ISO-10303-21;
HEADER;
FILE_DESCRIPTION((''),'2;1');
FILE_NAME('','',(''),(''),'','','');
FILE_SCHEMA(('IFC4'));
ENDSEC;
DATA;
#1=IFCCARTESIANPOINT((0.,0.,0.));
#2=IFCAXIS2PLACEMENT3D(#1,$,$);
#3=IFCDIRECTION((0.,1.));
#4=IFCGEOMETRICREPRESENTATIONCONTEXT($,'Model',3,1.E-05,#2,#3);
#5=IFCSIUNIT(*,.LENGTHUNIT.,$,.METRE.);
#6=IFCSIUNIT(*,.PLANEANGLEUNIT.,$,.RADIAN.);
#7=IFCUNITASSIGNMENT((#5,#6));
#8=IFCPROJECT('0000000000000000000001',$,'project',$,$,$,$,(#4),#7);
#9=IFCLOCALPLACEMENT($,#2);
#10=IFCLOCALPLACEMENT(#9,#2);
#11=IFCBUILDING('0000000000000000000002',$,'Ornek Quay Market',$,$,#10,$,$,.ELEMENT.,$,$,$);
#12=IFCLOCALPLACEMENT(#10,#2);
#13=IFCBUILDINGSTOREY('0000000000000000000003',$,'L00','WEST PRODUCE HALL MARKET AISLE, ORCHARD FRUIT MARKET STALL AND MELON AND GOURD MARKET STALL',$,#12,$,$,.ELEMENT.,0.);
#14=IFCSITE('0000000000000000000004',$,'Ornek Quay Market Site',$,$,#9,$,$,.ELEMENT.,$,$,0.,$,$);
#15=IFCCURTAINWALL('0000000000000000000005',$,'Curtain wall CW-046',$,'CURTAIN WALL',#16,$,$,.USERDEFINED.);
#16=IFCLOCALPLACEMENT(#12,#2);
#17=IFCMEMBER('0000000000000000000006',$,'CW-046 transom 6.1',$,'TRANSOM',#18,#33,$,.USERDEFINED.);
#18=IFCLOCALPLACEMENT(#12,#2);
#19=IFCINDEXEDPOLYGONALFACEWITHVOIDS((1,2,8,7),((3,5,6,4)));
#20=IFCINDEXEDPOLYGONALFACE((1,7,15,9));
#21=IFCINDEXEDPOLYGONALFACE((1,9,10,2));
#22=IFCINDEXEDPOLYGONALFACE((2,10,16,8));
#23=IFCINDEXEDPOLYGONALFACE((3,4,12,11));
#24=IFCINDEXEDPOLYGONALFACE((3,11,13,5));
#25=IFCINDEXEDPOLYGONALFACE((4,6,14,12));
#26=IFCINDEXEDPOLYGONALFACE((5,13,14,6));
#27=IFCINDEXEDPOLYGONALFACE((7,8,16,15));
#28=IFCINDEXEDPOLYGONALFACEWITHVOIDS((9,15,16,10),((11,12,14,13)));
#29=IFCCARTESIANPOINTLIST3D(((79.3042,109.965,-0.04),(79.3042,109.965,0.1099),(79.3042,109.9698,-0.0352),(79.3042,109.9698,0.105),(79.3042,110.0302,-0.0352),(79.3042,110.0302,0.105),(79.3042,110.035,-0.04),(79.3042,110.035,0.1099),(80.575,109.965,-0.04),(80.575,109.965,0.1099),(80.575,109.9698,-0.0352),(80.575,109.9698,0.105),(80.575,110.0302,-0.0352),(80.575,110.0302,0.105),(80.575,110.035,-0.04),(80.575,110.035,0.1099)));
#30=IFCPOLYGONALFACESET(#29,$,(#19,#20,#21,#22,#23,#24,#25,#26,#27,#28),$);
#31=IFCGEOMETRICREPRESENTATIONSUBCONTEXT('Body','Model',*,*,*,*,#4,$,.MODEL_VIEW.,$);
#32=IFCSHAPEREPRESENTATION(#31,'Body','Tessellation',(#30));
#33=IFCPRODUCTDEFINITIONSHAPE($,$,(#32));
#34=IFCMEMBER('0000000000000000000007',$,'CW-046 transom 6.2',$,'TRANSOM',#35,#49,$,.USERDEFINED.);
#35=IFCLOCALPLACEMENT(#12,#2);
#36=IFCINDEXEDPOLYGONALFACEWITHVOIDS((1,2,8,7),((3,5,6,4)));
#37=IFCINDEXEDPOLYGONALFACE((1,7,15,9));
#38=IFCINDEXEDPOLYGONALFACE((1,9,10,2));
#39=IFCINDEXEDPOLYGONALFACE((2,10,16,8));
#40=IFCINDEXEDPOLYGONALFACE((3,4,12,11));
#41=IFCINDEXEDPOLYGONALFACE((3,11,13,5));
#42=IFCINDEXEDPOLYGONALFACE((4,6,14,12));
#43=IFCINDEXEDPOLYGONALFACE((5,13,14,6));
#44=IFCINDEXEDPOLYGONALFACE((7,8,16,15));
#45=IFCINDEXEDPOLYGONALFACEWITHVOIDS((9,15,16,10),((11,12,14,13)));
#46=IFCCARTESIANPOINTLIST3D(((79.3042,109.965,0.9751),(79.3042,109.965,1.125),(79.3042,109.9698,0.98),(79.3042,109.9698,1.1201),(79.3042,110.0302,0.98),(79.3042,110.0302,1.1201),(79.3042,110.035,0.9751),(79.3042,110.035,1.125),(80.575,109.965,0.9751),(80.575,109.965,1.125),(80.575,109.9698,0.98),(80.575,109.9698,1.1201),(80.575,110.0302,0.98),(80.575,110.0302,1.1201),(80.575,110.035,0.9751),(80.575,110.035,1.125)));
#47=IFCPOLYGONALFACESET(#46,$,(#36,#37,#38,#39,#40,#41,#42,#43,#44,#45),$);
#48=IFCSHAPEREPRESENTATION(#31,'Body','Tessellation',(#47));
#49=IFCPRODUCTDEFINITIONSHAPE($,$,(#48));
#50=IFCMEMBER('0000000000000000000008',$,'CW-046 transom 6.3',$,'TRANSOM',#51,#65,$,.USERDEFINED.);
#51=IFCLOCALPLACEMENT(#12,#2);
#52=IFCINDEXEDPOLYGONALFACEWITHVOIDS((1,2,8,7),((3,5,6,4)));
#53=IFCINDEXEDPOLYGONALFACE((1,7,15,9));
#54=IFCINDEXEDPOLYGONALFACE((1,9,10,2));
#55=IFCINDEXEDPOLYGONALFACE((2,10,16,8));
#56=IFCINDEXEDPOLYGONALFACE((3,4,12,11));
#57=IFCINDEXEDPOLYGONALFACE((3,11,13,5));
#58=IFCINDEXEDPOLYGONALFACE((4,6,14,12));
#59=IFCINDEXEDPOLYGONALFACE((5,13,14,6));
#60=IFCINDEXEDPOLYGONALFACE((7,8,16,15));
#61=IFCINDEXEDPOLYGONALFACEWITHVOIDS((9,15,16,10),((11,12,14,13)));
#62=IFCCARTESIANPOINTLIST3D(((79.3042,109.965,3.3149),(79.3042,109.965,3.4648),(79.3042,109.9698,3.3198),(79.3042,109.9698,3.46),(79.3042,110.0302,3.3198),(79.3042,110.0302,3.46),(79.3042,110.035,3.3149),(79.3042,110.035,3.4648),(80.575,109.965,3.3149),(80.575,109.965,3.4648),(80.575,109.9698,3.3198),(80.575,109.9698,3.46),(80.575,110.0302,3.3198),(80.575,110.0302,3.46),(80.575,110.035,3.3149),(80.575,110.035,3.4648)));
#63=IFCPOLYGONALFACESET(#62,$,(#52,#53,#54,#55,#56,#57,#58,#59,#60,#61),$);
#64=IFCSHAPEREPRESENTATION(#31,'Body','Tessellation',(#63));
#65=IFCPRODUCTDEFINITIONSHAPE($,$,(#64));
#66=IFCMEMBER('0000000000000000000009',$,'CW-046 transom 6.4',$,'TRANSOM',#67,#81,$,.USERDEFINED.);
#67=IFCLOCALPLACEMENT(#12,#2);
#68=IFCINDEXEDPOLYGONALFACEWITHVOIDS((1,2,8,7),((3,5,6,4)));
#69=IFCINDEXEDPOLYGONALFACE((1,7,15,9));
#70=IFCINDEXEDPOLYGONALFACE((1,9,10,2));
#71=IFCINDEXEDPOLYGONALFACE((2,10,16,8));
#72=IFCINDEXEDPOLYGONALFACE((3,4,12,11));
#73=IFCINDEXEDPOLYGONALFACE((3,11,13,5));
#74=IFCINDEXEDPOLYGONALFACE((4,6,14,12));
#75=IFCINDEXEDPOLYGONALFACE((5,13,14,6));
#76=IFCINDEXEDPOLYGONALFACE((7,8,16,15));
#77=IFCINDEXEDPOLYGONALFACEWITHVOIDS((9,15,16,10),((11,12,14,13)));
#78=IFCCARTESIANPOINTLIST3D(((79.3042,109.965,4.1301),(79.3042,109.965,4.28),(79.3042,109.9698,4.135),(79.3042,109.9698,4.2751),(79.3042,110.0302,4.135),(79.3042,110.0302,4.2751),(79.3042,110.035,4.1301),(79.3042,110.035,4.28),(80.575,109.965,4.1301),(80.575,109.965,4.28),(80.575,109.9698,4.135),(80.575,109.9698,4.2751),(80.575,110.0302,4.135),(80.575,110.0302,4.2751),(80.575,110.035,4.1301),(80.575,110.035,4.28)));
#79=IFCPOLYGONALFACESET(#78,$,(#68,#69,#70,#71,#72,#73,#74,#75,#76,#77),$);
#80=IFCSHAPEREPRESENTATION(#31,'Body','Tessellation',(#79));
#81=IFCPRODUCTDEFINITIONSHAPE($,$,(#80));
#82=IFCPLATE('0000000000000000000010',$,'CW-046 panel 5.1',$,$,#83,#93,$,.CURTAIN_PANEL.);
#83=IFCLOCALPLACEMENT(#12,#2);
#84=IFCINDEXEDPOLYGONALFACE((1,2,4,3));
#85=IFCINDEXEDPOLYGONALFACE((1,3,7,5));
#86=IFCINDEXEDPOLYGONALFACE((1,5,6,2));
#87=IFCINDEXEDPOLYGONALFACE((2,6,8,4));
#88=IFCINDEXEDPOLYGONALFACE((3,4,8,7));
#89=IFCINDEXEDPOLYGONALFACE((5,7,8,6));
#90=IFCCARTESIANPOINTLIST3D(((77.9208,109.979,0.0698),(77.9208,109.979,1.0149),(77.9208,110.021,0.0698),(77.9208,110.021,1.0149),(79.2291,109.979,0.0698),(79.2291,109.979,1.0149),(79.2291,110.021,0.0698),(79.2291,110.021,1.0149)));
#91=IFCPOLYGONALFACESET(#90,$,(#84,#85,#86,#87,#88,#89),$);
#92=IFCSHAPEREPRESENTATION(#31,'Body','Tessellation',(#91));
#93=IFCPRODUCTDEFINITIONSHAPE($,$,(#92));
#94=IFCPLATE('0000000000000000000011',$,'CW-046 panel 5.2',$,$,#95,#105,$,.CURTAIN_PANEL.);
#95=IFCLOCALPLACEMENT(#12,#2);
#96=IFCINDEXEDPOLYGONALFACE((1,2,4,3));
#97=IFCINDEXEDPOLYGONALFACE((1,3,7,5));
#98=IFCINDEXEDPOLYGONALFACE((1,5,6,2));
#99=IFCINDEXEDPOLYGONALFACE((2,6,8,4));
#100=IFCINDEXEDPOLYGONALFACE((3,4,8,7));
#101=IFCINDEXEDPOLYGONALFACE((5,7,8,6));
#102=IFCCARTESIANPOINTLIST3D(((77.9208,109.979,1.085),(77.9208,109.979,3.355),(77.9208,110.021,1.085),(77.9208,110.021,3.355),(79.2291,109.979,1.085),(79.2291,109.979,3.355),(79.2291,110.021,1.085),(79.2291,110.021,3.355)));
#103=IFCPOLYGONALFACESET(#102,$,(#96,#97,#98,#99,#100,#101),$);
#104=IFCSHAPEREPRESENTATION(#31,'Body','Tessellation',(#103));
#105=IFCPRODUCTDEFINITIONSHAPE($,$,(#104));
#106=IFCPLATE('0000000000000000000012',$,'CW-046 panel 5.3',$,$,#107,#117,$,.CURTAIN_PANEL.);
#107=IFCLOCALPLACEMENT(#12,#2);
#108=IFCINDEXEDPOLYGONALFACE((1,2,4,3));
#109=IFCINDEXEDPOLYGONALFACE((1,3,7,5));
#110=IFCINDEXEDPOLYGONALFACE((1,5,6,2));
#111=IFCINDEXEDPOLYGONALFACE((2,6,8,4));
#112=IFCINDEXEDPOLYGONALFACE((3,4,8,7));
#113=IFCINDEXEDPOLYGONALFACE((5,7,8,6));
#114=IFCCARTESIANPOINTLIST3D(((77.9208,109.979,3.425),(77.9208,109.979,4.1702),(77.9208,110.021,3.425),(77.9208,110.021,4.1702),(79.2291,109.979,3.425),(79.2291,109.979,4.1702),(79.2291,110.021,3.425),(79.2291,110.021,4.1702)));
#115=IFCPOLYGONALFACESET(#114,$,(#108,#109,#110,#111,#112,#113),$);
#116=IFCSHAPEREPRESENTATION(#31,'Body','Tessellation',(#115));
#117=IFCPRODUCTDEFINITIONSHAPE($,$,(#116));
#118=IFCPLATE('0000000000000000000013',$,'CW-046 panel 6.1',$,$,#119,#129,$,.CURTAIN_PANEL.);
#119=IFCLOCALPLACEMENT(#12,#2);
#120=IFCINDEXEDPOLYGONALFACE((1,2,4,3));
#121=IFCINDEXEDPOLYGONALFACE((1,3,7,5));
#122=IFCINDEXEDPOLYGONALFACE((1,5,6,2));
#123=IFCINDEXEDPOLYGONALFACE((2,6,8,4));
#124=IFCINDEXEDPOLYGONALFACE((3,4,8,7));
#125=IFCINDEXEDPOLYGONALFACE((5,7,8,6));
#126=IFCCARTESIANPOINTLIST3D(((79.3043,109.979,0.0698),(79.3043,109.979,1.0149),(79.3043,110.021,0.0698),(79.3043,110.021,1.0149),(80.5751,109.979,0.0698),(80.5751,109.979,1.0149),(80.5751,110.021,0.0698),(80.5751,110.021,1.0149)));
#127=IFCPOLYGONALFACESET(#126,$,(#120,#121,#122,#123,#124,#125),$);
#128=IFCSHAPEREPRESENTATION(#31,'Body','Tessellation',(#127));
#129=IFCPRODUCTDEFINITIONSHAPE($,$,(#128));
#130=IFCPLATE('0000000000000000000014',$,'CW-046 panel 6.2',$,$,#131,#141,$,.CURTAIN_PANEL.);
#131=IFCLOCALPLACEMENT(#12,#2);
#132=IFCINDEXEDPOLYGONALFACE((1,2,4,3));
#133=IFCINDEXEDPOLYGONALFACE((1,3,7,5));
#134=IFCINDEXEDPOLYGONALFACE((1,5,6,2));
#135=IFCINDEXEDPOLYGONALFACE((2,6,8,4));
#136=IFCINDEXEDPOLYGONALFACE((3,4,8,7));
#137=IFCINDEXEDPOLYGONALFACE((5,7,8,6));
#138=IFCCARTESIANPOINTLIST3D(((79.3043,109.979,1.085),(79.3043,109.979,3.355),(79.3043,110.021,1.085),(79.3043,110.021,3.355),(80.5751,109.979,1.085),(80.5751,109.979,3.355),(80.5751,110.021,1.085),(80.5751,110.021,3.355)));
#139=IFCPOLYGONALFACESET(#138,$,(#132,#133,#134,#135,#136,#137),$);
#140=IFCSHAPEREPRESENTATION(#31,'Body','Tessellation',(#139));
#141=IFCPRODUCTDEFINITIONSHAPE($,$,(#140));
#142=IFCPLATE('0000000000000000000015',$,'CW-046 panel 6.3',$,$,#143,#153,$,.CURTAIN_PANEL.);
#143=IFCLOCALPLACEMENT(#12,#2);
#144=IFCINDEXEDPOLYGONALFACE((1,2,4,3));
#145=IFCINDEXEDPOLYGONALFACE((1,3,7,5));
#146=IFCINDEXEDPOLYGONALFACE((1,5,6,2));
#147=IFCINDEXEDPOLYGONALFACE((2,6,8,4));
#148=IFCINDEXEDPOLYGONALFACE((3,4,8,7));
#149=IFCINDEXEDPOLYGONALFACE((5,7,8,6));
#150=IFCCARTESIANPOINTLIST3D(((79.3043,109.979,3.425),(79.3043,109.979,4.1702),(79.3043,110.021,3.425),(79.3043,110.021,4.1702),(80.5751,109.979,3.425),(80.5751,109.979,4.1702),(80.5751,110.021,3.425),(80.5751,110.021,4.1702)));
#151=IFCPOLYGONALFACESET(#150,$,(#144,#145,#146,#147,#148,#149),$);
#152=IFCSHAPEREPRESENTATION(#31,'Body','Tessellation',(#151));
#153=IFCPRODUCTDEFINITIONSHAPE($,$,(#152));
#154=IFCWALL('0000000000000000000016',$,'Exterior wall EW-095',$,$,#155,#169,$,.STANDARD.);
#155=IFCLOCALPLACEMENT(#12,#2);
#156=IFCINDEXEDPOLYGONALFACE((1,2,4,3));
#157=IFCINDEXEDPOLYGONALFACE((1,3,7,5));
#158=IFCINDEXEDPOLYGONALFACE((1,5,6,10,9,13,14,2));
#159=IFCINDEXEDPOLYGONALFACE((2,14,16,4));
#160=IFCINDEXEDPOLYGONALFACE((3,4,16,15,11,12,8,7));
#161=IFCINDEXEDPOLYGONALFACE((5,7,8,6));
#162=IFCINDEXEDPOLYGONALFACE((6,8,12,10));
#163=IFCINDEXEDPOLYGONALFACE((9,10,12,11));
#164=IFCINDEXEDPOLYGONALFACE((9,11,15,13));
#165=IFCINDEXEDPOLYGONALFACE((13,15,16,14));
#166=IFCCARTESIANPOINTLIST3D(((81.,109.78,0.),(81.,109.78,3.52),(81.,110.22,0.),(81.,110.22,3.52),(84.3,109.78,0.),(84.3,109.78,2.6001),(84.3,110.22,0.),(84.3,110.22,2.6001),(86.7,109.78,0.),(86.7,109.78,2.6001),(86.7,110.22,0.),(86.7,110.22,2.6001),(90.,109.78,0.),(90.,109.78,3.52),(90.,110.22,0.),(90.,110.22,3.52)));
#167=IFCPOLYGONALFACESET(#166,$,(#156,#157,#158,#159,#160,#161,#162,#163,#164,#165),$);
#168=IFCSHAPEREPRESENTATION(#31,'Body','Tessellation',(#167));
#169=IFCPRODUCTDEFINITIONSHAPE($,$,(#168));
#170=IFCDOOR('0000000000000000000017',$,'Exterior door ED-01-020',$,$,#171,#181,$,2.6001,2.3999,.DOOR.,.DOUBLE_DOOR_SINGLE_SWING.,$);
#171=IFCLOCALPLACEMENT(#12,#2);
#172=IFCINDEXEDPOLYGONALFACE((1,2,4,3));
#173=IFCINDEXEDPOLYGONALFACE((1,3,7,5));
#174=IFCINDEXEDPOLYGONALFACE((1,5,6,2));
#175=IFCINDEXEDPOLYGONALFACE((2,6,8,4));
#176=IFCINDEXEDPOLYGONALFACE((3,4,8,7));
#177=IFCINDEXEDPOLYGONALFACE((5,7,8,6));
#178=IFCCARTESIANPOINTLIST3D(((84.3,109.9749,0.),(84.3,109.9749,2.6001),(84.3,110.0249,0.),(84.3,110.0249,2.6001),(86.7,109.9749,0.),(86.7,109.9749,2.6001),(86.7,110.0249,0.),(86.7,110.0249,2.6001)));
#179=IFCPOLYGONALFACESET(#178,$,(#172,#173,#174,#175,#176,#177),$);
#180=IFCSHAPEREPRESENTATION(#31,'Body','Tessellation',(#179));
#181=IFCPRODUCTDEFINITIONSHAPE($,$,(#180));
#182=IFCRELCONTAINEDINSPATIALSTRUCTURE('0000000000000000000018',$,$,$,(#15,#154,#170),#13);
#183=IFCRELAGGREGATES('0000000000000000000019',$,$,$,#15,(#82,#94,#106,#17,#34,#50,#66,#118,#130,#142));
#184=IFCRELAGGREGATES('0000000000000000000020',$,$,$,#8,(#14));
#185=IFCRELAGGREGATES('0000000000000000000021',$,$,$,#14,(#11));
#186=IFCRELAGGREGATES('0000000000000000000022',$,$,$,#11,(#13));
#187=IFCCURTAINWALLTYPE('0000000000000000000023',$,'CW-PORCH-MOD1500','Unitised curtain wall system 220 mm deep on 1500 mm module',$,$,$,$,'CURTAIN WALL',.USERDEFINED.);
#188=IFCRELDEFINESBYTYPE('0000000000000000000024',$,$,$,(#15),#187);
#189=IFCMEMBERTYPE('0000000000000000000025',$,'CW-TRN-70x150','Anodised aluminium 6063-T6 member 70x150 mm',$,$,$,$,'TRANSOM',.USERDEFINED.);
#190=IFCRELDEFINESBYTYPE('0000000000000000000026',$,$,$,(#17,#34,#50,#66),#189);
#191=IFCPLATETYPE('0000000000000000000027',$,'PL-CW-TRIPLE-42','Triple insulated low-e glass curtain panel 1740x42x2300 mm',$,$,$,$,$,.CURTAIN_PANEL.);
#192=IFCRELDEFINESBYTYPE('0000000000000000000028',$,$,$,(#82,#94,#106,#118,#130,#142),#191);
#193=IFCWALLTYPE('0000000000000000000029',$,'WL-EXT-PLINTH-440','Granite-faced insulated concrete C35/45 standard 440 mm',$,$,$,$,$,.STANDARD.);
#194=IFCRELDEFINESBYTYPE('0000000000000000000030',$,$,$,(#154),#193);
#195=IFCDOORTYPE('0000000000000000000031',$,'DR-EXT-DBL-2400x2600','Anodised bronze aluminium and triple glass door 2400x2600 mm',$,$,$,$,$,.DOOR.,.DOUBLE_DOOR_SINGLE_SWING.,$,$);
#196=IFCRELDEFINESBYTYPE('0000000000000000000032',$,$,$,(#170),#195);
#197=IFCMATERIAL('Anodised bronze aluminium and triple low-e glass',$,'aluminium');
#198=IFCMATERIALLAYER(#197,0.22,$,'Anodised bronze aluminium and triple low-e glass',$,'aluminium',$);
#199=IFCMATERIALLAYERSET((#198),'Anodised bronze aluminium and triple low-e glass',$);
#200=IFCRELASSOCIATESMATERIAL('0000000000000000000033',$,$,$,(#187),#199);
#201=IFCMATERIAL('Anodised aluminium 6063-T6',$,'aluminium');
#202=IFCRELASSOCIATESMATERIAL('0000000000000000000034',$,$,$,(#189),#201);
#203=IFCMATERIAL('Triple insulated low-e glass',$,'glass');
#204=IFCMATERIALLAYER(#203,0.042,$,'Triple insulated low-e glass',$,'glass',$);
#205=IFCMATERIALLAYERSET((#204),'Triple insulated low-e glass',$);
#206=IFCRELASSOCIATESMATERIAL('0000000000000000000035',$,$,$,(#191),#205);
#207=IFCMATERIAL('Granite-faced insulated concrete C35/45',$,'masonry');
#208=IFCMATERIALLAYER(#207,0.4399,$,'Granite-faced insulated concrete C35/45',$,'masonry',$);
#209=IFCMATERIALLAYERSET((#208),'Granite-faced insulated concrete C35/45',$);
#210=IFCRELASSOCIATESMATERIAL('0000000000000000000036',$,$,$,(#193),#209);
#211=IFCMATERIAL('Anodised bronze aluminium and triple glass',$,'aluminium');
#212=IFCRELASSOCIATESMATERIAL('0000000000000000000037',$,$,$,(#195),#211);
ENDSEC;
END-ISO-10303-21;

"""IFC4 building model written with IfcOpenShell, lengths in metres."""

from ifc_helpers import new_model, si_unit, direction, frame, frame_2d, origin, origin_2d, place, context, subcontext, project, spatial, rectangle, hollow_rectangle, extrude, material, layer, layer_set, material_profile, profile_set, type_object, element, fill, aggregate, save


model = new_model("IFC4")

# Units and contexts
model_context = context("Model", 3, precision=1e-05, world=origin(), true_north=direction((0.0, 1.0)))
body_context = subcontext(model_context, "Body", "Model", "MODEL_VIEW")
ifc_project = project(units=[si_unit("LENGTHUNIT", "METRE"), si_unit("PLANEANGLEUNIT", "RADIAN")], contexts=[model_context])

# Site, building, storey
site_placement = place(None, origin())
site = spatial("IfcSite", under=ifc_project, at=site_placement, Name="Ornek Quay Market Site", CompositionType="ELEMENT", RefElevation=0.0)
building_placement = place(site_placement, origin())
building = spatial("IfcBuilding", under=site, at=building_placement, Name="Ornek Quay Market", CompositionType="ELEMENT")
storey_placement = place(building_placement, origin())
storey = spatial("IfcBuildingStorey", under=building, at=storey_placement, Name="L00", Description="WEST PRODUCE HALL MARKET AISLE, ORCHARD FRUIT MARKET STALL AND MELON AND GOURD MARKET STALL", CompositionType="ELEMENT", Elevation=0.0)

# Curtain wall, members, plates
ifc_material_1 = material(Name="Anodised bronze aluminium and triple low-e glass", Category="aluminium")
ifc_layer_1 = layer(ifc_material_1, 0.22, Name="Anodised bronze aluminium and triple low-e glass", Category="aluminium")
ifc_layer_set_1 = layer_set([ifc_layer_1], Name="Anodised bronze aluminium and triple low-e glass")
curtain_wall_type = type_object("IfcCurtainWallType", Name="CW-PORCH-MOD1500", Description="Unitised curtain wall system 220 mm deep on 1500 mm module", ElementType="CURTAIN WALL", PredefinedType="USERDEFINED", material=ifc_layer_set_1)
curtain_wall_placement = place(storey_placement, origin())
curtain_wall = element("IfcCurtainWall", 1, at=curtain_wall_placement, inside=storey, type_object=curtain_wall_type, Name="Curtain wall CW-046", ObjectType="CURTAIN WALL", PredefinedType="USERDEFINED")
ifc_material_2 = material(Name="Anodised aluminium 6063-T6", Category="aluminium")
ifc_material_profile_1 = material_profile(ifc_material_2, hollow_rectangle(XDim=0.0701, YDim=0.1499, WallThickness=0.0049, at=origin_2d()), Name="CW-TRN-70x150", Category="aluminium")
ifc_profile_set_1 = profile_set([ifc_material_profile_1], Name="Anodised aluminium 6063-T6")
member_type_1 = type_object("IfcMemberType", Name="CW-TRN-70x150", Description="Anodised aluminium 6063-T6 member 70x150 mm", ElementType="TRANSOM", PredefinedType="USERDEFINED", material=ifc_profile_set_1)
member_1_placement = place(storey_placement, frame((79.3042, 110.0, 0.0349), z_axis=(1.0, 0.0, 0.0), x_axis=(0.0, 1.0, 0.0)))
member_1 = element("IfcMember", 2, at=member_1_placement, type_object=member_type_1, Name="CW-046 transom 6.1", ObjectType="TRANSOM", PredefinedType="USERDEFINED", context=body_context, shape_type="SweptSolid", body=[
    extrude(hollow_rectangle(XDim=0.0701, YDim=0.1499, WallThickness=0.0049, at=origin_2d()), origin(), (0.0, 0.0, 1.0), 1.2708),
])
member_2_placement = place(storey_placement, frame((79.3042, 110.0, 1.05), z_axis=(1.0, 0.0, 0.0), x_axis=(0.0, 1.0, 0.0)))
member_2 = element("IfcMember", 3, at=member_2_placement, type_object=member_type_1, Name="CW-046 transom 6.2", ObjectType="TRANSOM", PredefinedType="USERDEFINED", context=body_context, shape_type="SweptSolid", body=[
    extrude(hollow_rectangle(XDim=0.0701, YDim=0.1499, WallThickness=0.0049, at=origin_2d()), origin(), (0.0, 0.0, 1.0), 1.2708),
])
member_3_placement = place(storey_placement, frame((79.3042, 110.0, 3.3899), z_axis=(1.0, 0.0, 0.0), x_axis=(0.0, 1.0, 0.0)))
member_3 = element("IfcMember", 4, at=member_3_placement, type_object=member_type_1, Name="CW-046 transom 6.3", ObjectType="TRANSOM", PredefinedType="USERDEFINED", context=body_context, shape_type="SweptSolid", body=[
    extrude(hollow_rectangle(XDim=0.0701, YDim=0.1499, WallThickness=0.0049, at=origin_2d()), origin(), (0.0, 0.0, 1.0), 1.2708),
])
member_4_placement = place(storey_placement, frame((79.3042, 110.0, 4.2051), z_axis=(1.0, 0.0, 0.0), x_axis=(0.0, 1.0, 0.0)))
member_4 = element("IfcMember", 5, at=member_4_placement, type_object=member_type_1, Name="CW-046 transom 6.4", ObjectType="TRANSOM", PredefinedType="USERDEFINED", context=body_context, shape_type="SweptSolid", body=[
    extrude(hollow_rectangle(XDim=0.0701, YDim=0.1499, WallThickness=0.0049, at=origin_2d()), origin(), (0.0, 0.0, 1.0), 1.2708),
])
ifc_material_3 = material(Name="Triple insulated low-e glass", Category="glass")
ifc_layer_2 = layer(ifc_material_3, 0.042, Name="Triple insulated low-e glass", Category="glass")
ifc_layer_set_2 = layer_set([ifc_layer_2], Name="Triple insulated low-e glass")
plate_type = type_object("IfcPlateType", Name="PL-CW-TRIPLE-42", Description="Triple insulated low-e glass curtain panel 1740x42x2300 mm", PredefinedType="CURTAIN_PANEL", material=ifc_layer_set_2)
plate_1_placement = place(storey_placement, frame((78.575, 110.0, 0.0698), z_axis=(0.0, 0.0, 1.0), x_axis=(1.0, 0.0, 0.0)))
plate_1 = element("IfcPlate", 6, at=plate_1_placement, type_object=plate_type, Name="CW-046 panel 5.1", PredefinedType="CURTAIN_PANEL", context=body_context, shape_type="SweptSolid", body=[
    extrude(rectangle(XDim=1.3083, YDim=0.042, at=origin_2d()), origin(), (0.0, 0.0, 1.0), 0.9451),
])
plate_2_placement = place(storey_placement, frame((78.575, 110.0, 1.085), z_axis=(0.0, 0.0, 1.0), x_axis=(1.0, 0.0, 0.0)))
plate_2 = element("IfcPlate", 7, at=plate_2_placement, type_object=plate_type, Name="CW-046 panel 5.2", PredefinedType="CURTAIN_PANEL", context=body_context, shape_type="SweptSolid", body=[
    extrude(rectangle(XDim=1.3083, YDim=0.042, at=origin_2d()), origin(), (0.0, 0.0, 1.0), 2.27),
])
plate_3_placement = place(storey_placement, frame((78.575, 110.0, 3.425), z_axis=(0.0, 0.0, 1.0), x_axis=(1.0, 0.0, 0.0)))
plate_3 = element("IfcPlate", 8, at=plate_3_placement, type_object=plate_type, Name="CW-046 panel 5.3", PredefinedType="CURTAIN_PANEL", context=body_context, shape_type="SweptSolid", body=[
    extrude(rectangle(XDim=1.3083, YDim=0.042, at=origin_2d()), origin(), (0.0, 0.0, 1.0), 0.7451),
])
plate_4_placement = place(storey_placement, frame((79.9397, 110.0, 0.0698), z_axis=(0.0, 0.0, 1.0), x_axis=(1.0, 0.0, 0.0)))
plate_4 = element("IfcPlate", 9, at=plate_4_placement, type_object=plate_type, Name="CW-046 panel 6.1", PredefinedType="CURTAIN_PANEL", context=body_context, shape_type="SweptSolid", body=[
    extrude(rectangle(XDim=1.2708, YDim=0.042, at=origin_2d()), origin(), (0.0, 0.0, 1.0), 0.9451),
])
plate_5_placement = place(storey_placement, frame((79.9397, 110.0, 1.085), z_axis=(0.0, 0.0, 1.0), x_axis=(1.0, 0.0, 0.0)))
plate_5 = element("IfcPlate", 10, at=plate_5_placement, type_object=plate_type, Name="CW-046 panel 6.2", PredefinedType="CURTAIN_PANEL", context=body_context, shape_type="SweptSolid", body=[
    extrude(rectangle(XDim=1.2708, YDim=0.042, at=origin_2d()), origin(), (0.0, 0.0, 1.0), 2.27),
])
plate_6_placement = place(storey_placement, frame((79.9397, 110.0, 3.425), z_axis=(0.0, 0.0, 1.0), x_axis=(1.0, 0.0, 0.0)))
plate_6 = element("IfcPlate", 11, at=plate_6_placement, type_object=plate_type, Name="CW-046 panel 6.3", PredefinedType="CURTAIN_PANEL", context=body_context, shape_type="SweptSolid", body=[
    extrude(rectangle(XDim=1.2708, YDim=0.042, at=origin_2d()), origin(), (0.0, 0.0, 1.0), 0.7451),
])
aggregate(curtain_wall, [plate_1, plate_2, plate_3, member_1, member_2, member_3, member_4, plate_4, plate_5, plate_6])

# Wall, opening, door
ifc_material_4 = material(Name="Granite-faced insulated concrete C35/45", Category="masonry")
ifc_layer_3 = layer(ifc_material_4, 0.4399, Name="Granite-faced insulated concrete C35/45", Category="masonry")
ifc_layer_set_3 = layer_set([ifc_layer_3], Name="Granite-faced insulated concrete C35/45")
wall_type = type_object("IfcWallType", Name="WL-EXT-PLINTH-440", Description="Granite-faced insulated concrete C35/45 standard 440 mm", PredefinedType="STANDARD", material=ifc_layer_set_3)
wall_placement = place(storey_placement, frame((81.0, 110.0, 0.0), z_axis=(0.0, 0.0, 1.0), x_axis=(1.0, 0.0, 0.0)))
wall = element("IfcWall", 12, at=wall_placement, inside=storey, type_object=wall_type, Name="Exterior wall EW-095", PredefinedType="STANDARD", context=body_context, shape_type="SweptSolid", body=[
    extrude(rectangle(XDim=9.0, YDim=0.4399, at=frame_2d((4.5, 0.0))), origin(), (0.0, 0.0, 1.0), 3.52),
])
opening_placement = place(wall_placement, frame((3.3, 0.0, 0.0)))
opening = element("IfcOpeningElement", 13, at=opening_placement, cuts=wall, PredefinedType="OPENING", context=body_context, shape_type="SweptSolid", body=[
    extrude(rectangle(XDim=2.3999, YDim=2.6001, at=frame_2d((1.2, 1.3))), frame((0.0, 0.23, 0.0), z_axis=(0.0, -1.0, 0.0), x_axis=(1.0, 0.0, 0.0)), (0.0, 0.0, 1.0), 0.46),
])
ifc_material_5 = material(Name="Anodised bronze aluminium and triple glass", Category="aluminium")
door_type = type_object("IfcDoorType", Name="DR-EXT-DBL-2400x2600", Description="Anodised bronze aluminium and triple glass door 2400x2600 mm", OperationType="DOUBLE_DOOR_SINGLE_SWING", PredefinedType="DOOR", material=ifc_material_5)
door_placement = place(opening_placement, origin())
door = element("IfcDoor", 14, at=door_placement, inside=storey, type_object=door_type, Name="Exterior door ED-01-020", OperationType="DOUBLE_DOOR_SINGLE_SWING", OverallHeight=2.6001, OverallWidth=2.3999, PredefinedType="DOOR", context=body_context, shape_type="SweptSolid", body=[
    extrude(rectangle(XDim=2.3999, YDim=2.6001, at=frame_2d((1.2, 1.3))), frame((0.0, 0.0249, 0.0), z_axis=(0.0, -1.0, 0.0), x_axis=(1.0, 0.0, 0.0)), (0.0, 0.0, 1.0), 0.05),
])
fill(opening, door)

save(model, "model.ifc")
